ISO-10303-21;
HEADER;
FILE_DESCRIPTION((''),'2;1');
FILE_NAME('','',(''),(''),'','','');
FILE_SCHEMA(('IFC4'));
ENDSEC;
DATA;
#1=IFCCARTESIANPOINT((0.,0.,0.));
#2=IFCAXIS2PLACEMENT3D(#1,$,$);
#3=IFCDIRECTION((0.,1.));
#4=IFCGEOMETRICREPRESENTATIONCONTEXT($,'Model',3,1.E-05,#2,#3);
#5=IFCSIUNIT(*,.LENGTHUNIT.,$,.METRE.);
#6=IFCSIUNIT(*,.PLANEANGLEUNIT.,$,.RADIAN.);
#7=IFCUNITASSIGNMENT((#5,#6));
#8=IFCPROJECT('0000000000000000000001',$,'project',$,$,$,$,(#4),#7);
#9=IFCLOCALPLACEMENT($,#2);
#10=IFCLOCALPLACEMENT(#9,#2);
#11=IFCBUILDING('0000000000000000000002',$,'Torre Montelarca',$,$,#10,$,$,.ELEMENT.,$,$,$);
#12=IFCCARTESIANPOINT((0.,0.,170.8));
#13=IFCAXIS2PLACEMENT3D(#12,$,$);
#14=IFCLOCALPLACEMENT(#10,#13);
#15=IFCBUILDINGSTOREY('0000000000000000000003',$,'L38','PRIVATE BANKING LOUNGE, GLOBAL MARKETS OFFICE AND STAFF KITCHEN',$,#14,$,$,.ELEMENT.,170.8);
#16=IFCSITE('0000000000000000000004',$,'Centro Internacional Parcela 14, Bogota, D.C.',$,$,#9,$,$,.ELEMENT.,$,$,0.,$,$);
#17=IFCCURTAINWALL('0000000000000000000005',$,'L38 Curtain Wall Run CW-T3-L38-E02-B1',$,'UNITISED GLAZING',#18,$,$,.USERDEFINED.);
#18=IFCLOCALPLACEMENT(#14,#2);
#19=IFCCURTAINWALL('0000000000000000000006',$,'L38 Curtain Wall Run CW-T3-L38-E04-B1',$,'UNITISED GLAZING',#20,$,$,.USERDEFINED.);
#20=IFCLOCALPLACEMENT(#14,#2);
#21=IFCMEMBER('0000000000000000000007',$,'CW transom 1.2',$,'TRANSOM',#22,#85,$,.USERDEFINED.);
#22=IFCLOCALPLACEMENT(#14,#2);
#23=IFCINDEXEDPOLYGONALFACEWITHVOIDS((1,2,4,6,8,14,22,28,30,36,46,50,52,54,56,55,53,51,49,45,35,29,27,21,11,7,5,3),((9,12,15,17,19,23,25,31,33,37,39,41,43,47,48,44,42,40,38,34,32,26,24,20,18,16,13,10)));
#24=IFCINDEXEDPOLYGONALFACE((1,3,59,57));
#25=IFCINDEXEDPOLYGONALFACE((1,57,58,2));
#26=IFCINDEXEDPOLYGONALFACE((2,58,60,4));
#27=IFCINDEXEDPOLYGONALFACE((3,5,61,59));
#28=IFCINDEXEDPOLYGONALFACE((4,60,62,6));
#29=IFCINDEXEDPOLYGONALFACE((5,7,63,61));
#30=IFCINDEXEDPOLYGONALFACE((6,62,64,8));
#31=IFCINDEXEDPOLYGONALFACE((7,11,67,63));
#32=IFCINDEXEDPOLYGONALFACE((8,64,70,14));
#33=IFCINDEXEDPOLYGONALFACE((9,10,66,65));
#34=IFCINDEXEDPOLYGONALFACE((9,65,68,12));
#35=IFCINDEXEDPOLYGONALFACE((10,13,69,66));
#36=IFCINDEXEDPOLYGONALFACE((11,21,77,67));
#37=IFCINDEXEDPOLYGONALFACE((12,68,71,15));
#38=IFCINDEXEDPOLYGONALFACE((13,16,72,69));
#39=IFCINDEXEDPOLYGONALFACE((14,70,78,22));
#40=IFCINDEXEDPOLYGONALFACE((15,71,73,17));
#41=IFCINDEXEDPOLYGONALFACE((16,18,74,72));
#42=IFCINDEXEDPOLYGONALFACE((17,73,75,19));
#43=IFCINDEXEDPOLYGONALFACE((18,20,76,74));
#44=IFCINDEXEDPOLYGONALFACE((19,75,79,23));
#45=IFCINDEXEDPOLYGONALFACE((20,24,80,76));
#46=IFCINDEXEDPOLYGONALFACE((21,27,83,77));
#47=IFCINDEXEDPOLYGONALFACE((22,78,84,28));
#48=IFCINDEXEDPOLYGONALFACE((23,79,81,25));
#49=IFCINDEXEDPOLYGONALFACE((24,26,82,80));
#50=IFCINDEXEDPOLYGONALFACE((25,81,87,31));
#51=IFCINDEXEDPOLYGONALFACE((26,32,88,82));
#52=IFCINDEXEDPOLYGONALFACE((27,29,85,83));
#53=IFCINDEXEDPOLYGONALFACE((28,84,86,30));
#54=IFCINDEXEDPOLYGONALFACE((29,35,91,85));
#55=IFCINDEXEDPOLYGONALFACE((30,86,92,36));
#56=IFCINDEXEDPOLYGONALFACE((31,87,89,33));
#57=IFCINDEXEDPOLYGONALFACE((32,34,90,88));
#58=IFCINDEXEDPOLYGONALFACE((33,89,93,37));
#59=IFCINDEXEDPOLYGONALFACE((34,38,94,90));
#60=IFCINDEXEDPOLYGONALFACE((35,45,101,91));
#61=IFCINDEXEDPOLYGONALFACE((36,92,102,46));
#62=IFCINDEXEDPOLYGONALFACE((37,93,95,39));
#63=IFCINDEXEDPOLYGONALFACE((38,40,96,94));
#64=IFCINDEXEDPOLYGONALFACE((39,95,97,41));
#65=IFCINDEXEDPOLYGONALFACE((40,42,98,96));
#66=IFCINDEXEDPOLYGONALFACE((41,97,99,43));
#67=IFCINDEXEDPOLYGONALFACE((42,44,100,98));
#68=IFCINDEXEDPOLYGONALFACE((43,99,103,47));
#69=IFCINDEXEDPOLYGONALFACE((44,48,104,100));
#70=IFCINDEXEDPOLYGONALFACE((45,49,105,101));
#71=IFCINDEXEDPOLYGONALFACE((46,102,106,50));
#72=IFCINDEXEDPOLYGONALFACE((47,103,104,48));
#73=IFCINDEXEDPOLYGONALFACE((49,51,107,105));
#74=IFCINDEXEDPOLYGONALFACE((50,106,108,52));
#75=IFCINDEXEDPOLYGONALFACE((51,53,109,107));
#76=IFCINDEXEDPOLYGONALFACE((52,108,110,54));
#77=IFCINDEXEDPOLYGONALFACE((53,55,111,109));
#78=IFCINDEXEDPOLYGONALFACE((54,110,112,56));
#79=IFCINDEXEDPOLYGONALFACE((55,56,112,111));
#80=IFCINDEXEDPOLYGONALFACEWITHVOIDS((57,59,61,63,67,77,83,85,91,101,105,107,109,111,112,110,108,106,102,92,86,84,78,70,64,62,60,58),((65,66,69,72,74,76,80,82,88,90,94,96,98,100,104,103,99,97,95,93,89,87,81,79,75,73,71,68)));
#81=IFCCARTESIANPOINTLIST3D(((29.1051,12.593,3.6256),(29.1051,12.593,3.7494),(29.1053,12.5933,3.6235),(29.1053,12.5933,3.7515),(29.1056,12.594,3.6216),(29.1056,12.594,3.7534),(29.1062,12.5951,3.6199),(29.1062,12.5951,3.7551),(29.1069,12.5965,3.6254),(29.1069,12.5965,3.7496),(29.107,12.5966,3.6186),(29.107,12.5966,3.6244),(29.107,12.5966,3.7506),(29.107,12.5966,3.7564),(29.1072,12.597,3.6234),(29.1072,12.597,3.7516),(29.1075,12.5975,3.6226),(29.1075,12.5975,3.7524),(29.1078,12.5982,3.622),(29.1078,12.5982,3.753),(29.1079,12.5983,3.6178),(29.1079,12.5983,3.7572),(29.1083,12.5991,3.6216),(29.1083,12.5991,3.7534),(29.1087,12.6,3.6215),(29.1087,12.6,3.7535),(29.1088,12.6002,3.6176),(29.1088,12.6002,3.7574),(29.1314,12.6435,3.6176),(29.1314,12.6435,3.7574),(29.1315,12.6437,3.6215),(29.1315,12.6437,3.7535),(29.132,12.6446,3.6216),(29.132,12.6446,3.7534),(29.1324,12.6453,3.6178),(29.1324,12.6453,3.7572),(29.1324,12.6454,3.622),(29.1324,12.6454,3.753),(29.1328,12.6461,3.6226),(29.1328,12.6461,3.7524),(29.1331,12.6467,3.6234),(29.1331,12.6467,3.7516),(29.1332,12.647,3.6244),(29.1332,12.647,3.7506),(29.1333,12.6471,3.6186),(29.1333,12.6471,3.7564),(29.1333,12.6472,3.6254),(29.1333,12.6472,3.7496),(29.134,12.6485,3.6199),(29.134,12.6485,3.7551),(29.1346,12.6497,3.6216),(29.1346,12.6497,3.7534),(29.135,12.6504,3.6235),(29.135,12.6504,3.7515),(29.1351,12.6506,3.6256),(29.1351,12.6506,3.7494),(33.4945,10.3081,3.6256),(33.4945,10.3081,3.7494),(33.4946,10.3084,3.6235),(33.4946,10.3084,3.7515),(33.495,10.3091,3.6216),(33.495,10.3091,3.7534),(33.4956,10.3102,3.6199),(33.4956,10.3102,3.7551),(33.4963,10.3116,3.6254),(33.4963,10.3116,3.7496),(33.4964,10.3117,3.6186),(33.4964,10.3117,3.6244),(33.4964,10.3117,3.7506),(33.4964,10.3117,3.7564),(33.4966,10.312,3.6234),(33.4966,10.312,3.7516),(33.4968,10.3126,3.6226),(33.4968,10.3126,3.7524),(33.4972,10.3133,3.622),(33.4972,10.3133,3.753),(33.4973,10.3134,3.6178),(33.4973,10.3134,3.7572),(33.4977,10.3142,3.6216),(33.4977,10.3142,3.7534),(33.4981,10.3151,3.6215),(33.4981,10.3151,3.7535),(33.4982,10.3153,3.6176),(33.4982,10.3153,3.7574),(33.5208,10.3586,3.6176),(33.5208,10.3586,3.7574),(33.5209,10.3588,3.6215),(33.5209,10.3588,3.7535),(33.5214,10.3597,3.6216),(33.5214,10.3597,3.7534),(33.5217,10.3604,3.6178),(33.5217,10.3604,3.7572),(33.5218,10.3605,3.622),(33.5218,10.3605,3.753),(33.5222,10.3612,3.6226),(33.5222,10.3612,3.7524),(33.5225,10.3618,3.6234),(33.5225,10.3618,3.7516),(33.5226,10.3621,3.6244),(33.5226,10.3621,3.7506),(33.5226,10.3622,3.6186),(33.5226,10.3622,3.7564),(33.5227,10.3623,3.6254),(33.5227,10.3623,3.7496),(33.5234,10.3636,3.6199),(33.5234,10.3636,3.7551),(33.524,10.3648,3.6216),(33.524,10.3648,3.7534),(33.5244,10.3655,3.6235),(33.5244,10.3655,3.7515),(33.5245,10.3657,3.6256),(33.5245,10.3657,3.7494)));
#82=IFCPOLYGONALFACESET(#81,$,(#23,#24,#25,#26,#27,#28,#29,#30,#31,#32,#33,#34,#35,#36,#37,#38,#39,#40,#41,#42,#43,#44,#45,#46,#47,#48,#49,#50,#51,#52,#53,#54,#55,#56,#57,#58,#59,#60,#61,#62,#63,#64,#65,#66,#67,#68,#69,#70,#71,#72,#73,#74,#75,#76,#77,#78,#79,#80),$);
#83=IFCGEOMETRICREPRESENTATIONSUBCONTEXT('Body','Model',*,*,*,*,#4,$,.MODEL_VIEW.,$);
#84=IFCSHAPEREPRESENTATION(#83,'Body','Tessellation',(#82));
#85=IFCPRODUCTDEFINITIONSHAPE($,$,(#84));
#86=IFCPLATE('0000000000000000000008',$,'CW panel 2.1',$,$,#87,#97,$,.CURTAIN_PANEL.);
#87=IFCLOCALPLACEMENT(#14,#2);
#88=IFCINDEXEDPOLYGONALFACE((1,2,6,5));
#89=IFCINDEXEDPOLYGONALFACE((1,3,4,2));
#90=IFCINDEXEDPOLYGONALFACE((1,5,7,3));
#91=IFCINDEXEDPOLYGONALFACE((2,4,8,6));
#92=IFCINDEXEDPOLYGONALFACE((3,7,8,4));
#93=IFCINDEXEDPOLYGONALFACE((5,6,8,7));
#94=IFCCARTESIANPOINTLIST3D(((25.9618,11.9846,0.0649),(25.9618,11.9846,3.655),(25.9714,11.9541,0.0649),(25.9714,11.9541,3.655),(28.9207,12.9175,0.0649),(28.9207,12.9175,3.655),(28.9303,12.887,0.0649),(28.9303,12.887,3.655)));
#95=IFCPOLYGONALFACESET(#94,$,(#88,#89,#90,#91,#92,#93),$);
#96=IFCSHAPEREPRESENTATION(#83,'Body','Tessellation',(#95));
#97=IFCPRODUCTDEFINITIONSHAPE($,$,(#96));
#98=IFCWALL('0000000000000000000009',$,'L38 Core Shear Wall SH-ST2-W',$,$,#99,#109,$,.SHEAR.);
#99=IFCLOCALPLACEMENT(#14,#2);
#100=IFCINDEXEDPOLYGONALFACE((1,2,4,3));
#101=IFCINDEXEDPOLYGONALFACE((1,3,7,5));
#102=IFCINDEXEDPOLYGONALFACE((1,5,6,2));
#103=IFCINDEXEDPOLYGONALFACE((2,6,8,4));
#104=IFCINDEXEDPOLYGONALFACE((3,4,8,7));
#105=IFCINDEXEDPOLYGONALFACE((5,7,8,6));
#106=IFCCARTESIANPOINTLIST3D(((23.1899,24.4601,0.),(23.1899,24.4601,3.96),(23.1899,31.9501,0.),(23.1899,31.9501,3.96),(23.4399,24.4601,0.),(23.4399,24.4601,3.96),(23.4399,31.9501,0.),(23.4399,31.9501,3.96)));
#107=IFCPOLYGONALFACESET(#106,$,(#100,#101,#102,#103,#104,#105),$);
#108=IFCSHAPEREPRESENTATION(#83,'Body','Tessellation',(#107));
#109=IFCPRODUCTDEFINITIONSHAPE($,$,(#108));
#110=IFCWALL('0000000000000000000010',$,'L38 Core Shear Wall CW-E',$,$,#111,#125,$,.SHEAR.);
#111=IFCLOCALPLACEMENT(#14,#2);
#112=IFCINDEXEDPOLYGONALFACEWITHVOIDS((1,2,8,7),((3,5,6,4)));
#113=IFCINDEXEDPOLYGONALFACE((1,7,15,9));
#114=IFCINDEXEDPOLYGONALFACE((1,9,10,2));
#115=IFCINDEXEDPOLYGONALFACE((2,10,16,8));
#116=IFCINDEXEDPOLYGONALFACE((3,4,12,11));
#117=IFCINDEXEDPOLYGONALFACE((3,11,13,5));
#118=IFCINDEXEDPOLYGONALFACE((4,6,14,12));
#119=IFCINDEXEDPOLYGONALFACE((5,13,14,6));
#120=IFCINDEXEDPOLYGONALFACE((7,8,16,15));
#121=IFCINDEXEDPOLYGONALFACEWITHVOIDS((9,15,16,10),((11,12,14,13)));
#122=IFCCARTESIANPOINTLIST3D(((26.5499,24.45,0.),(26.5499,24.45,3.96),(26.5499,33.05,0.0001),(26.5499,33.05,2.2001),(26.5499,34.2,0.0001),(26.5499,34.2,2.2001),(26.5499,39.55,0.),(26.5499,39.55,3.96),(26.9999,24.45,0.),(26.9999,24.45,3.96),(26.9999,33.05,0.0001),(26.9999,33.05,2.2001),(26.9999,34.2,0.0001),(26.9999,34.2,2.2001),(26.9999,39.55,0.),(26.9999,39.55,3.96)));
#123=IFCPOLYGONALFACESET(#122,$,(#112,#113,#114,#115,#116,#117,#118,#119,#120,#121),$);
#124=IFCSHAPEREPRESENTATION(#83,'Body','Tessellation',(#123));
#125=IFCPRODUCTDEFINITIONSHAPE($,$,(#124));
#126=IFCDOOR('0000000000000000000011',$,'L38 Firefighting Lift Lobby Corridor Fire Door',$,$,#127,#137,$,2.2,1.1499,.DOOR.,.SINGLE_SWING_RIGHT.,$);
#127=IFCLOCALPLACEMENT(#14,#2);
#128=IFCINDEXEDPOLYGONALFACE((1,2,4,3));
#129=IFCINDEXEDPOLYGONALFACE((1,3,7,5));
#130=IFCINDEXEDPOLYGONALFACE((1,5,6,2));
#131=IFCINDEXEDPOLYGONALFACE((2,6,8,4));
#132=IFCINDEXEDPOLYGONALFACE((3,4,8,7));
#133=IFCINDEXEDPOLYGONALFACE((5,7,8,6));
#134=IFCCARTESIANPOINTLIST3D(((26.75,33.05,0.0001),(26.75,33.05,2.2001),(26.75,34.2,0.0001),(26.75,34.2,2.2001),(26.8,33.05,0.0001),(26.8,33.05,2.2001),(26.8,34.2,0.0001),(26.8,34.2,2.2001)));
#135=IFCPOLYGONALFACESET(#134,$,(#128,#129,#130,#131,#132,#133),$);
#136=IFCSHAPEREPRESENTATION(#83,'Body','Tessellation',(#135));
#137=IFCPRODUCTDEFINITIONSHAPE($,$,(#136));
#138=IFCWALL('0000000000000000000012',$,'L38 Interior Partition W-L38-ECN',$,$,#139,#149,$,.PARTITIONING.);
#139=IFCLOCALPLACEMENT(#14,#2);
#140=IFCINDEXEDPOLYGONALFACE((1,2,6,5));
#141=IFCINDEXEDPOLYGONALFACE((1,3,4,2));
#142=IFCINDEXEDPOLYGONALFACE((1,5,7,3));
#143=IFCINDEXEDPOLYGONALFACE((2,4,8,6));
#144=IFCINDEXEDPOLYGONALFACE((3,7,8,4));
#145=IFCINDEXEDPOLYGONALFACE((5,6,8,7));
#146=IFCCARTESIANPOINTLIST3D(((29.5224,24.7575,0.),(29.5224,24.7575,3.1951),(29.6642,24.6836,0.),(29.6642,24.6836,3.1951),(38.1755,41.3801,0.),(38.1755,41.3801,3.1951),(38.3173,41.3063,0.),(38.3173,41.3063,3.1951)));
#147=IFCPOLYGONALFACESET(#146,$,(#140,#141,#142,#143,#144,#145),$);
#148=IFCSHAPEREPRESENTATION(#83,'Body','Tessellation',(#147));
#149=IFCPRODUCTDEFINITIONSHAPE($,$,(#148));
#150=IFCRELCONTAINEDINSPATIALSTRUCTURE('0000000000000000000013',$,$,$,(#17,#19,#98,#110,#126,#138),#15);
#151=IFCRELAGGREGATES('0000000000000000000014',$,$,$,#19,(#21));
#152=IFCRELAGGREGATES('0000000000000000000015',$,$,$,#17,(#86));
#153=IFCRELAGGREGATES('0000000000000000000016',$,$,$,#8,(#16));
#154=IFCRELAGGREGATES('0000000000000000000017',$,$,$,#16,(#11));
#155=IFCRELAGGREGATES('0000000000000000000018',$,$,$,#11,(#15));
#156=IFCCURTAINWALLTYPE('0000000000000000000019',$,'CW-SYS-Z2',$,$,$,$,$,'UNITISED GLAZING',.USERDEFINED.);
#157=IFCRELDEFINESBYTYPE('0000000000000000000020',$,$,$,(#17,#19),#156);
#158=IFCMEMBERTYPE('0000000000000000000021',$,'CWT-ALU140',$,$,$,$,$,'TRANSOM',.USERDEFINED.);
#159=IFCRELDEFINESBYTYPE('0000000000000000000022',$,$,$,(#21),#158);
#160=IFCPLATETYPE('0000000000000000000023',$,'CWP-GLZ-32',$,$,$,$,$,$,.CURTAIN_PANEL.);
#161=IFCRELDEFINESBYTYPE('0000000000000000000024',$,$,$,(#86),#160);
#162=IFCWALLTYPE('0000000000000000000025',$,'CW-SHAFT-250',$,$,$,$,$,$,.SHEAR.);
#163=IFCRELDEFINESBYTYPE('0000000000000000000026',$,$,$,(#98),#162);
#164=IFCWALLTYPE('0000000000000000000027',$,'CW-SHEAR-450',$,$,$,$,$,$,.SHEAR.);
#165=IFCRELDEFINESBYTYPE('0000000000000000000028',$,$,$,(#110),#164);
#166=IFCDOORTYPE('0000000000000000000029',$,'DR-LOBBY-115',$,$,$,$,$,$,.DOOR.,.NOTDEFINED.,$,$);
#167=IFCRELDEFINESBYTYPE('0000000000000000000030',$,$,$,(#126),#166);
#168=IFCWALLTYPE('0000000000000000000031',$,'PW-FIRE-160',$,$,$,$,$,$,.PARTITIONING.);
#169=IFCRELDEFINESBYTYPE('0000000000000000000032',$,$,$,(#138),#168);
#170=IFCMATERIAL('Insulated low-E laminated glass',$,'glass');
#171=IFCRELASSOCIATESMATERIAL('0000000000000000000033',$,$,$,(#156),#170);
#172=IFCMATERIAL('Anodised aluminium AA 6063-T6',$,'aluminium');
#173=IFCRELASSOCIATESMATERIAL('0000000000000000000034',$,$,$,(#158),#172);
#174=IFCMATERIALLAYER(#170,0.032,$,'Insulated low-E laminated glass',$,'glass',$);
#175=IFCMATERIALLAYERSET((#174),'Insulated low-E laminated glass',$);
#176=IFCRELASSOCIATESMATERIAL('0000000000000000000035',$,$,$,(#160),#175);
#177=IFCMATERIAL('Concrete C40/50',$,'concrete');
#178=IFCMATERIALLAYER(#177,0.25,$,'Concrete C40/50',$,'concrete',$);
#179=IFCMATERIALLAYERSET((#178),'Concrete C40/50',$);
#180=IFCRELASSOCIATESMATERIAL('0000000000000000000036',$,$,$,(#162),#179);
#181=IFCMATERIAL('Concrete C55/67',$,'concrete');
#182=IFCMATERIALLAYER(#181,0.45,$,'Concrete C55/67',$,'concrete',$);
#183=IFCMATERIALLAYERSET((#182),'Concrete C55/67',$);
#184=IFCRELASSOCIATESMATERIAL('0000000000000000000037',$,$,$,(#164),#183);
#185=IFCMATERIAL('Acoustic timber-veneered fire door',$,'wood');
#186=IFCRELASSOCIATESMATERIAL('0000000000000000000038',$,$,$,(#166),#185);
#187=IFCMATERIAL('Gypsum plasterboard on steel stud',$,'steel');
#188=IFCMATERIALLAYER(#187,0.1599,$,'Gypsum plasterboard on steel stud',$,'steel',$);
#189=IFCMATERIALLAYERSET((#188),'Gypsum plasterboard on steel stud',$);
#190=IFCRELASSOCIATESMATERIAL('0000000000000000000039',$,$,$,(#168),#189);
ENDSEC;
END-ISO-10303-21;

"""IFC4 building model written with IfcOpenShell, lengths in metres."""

from ifc_helpers import new_model, si_unit, direction, frame, frame_2d, origin, origin_2d, place, context, subcontext, project, spatial, rectangle, hollow_rectangle, extrude, source, transform, mapped, material, layer, layer_set, material_profile, profile_set, type_object, element, fill, aggregate, save


model = new_model("IFC4")

# Units and contexts
model_context = context("Model", 3, precision=1e-05, world=origin(), true_north=direction((0.0, 1.0)))
body_context = subcontext(model_context, "Body", "Model", "MODEL_VIEW")
ifc_project = project(units=[si_unit("LENGTHUNIT", "METRE"), si_unit("PLANEANGLEUNIT", "RADIAN")], contexts=[model_context])

# Site, building, storey
site_placement = place(None, origin())
site = spatial("IfcSite", under=ifc_project, at=site_placement, Name="Centro Internacional Parcela 14, Bogota, D.C.", CompositionType="ELEMENT", RefElevation=0.0)
building_placement = place(site_placement, origin())
building = spatial("IfcBuilding", under=site, at=building_placement, Name="Torre Montelarca", CompositionType="ELEMENT")
storey_placement = place(building_placement, frame((0.0, 0.0, 170.8)))
storey = spatial("IfcBuildingStorey", under=building, at=storey_placement, Name="L38", Description="PRIVATE BANKING LOUNGE, GLOBAL MARKETS OFFICE AND STAFF KITCHEN", CompositionType="ELEMENT", Elevation=170.8)

# Shared definitions
ifc_material_1 = material(Name="Concrete C55/67", Category="concrete")

# Curtain walls, member
ifc_material_2 = material(Name="Insulated low-E laminated glass", Category="glass")
curtain_wall_type = type_object("IfcCurtainWallType", Name="CW-SYS-Z2", ElementType="UNITISED GLAZING", PredefinedType="USERDEFINED", material=ifc_material_2)
curtain_wall_1_placement = place(storey_placement, origin())
curtain_wall_1 = element("IfcCurtainWall", 1, at=curtain_wall_1_placement, inside=storey, type_object=curtain_wall_type, Name="L38 Curtain Wall Run CW-T3-L38-E02-B1", ObjectType="UNITISED GLAZING", PredefinedType="USERDEFINED")
ifc_material_3 = material(Name="Anodised aluminium AA 6063-T6", Category="aluminium")
ifc_material_profile_1 = material_profile(ifc_material_3, hollow_rectangle(XDim=0.0649, YDim=0.1399, WallThickness=0.0039, InnerFilletRadius=0.0039, OuterFilletRadius=0.0081, at=origin_2d()), Name="ALU65X140X4", Category="aluminium")
ifc_profile_set_1 = profile_set([ifc_material_profile_1], Name="Anodised aluminium AA 6063-T6")
member_type_1 = type_object("IfcMemberType", Name="CWT-ALU140", ElementType="TRANSOM", PredefinedType="USERDEFINED", material=ifc_profile_set_1)
curtain_wall_2_placement = place(storey_placement, origin())
curtain_wall_2 = element("IfcCurtainWall", 2, at=curtain_wall_2_placement, inside=storey, type_object=curtain_wall_type, Name="L38 Curtain Wall Run CW-T3-L38-E04-B1", ObjectType="UNITISED GLAZING", PredefinedType="USERDEFINED")
shared_shape_1 = source(origin(), body_context, "Body", "SweptSolid", [
    extrude(hollow_rectangle(XDim=0.0649, YDim=0.1399, WallThickness=0.0039, InnerFilletRadius=0.0039, OuterFilletRadius=0.0081, at=origin_2d()), origin(), (0.0, 0.0, 1.0), 4.9485),
])
member_1_placement = place(storey_placement, frame((29.1201, 12.6218, 3.6875), z_axis=(0.887016, -0.461738, 0.0), x_axis=(0.461738, 0.887016, 0.0)))
member_1 = element("IfcMember", 3, at=member_1_placement, type_object=member_type_1, Name="CW transom 1.2", ObjectType="TRANSOM", PredefinedType="USERDEFINED", context=body_context, shape_type="MappedRepresentation", body=[
    mapped(shared_shape_1, transform((0.0, 0.0, 0.0), scale=1.0)),
])
aggregate(curtain_wall_2, [member_1])

# Plate
ifc_layer_1 = layer(ifc_material_2, 0.032, Name="Insulated low-E laminated glass", Category="glass")
ifc_layer_set_1 = layer_set([ifc_layer_1], Name="Insulated low-E laminated glass")
plate_type = type_object("IfcPlateType", Name="CWP-GLZ-32", PredefinedType="CURTAIN_PANEL", material=ifc_layer_set_1)
shared_shape_2 = source(origin(), body_context, "Body", "SweptSolid", [
    extrude(rectangle(XDim=3.1025, YDim=0.032, at=origin_2d()), origin(), (0.0, 0.0, 1.0), 3.5901),
])
plate_placement = place(storey_placement, frame((27.446, 12.4358, 0.0649), z_axis=(0.0, 0.0, 1.0), x_axis=(0.953718, 0.300703, 0.0)))
plate = element("IfcPlate", 4, at=plate_placement, type_object=plate_type, Name="CW panel 2.1", PredefinedType="CURTAIN_PANEL", context=body_context, shape_type="MappedRepresentation", body=[
    mapped(shared_shape_2, transform((0.0, 0.0, 0.0), scale=1.0)),
])
aggregate(curtain_wall_1, [plate])

# Wall
ifc_material_4 = material(Name="Concrete C40/50", Category="concrete")
ifc_layer_2 = layer(ifc_material_4, 0.25, Name="Concrete C40/50", Category="concrete")
ifc_layer_set_2 = layer_set([ifc_layer_2], Name="Concrete C40/50")
wall_type_1 = type_object("IfcWallType", Name="CW-SHAFT-250", PredefinedType="SHEAR", material=ifc_layer_set_2)
wall_1_placement = place(storey_placement, frame((23.3149, 24.46, 0.0), z_axis=(0.0, 0.0, 1.0), x_axis=(0.0, 1.0, 0.0)))
element("IfcWall", 5, at=wall_1_placement, inside=storey, type_object=wall_type_1, Name="L38 Core Shear Wall SH-ST2-W", PredefinedType="SHEAR", context=body_context, shape_type="SweptSolid", body=[
    extrude(rectangle(XDim=7.49, YDim=0.25, at=frame_2d((3.7451, 0.0))), origin(), (0.0, 0.0, 1.0), 3.96),
])

# Wall, opening, door
ifc_layer_3 = layer(ifc_material_1, 0.45, Name="Concrete C55/67", Category="concrete")
ifc_layer_set_3 = layer_set([ifc_layer_3], Name="Concrete C55/67")
wall_type_2 = type_object("IfcWallType", Name="CW-SHEAR-450", PredefinedType="SHEAR", material=ifc_layer_set_3)
wall_2_placement = place(storey_placement, frame((26.7749, 24.45, 0.0), z_axis=(0.0, 0.0, 1.0), x_axis=(0.0, 1.0, 0.0)))
wall_2 = element("IfcWall", 6, at=wall_2_placement, inside=storey, type_object=wall_type_2, Name="L38 Core Shear Wall CW-E", PredefinedType="SHEAR", context=body_context, shape_type="SweptSolid", body=[
    extrude(rectangle(XDim=15.1001, YDim=0.45, at=frame_2d((7.55, 0.0))), origin(), (0.0, 0.0, 1.0), 3.96),
])
opening_1_placement = place(wall_2_placement, frame((8.6001, 0.0, 0.0)))
opening_1 = element("IfcOpeningElement", 7, at=opening_1_placement, cuts=wall_2, PredefinedType="OPENING", context=body_context, shape_type="SweptSolid", body=[
    extrude(rectangle(XDim=1.1499, YDim=2.2, at=frame_2d((0.575, 1.1001))), frame((0.0, 0.2349, 0.0), z_axis=(0.0, -1.0, 0.0), x_axis=(1.0, 0.0, 0.0)), (0.0, 0.0, 1.0), 0.47),
])
ifc_material_5 = material(Name="Acoustic timber-veneered fire door", Category="wood")
door_type_1 = type_object("IfcDoorType", Name="DR-LOBBY-115", OperationType="NOTDEFINED", PredefinedType="DOOR", material=ifc_material_5)
shared_shape_3 = source(origin(), body_context, "Body", "SweptSolid", [
    extrude(rectangle(XDim=1.1499, YDim=2.2, at=frame_2d((0.575, 1.1001))), frame((0.0, 0.0249, 0.0), z_axis=(0.0, -1.0, 0.0), x_axis=(1.0, 0.0, 0.0)), (0.0, 0.0, 1.0), 0.05),
])
door_1_placement = place(opening_1_placement, origin())
door_1 = element("IfcDoor", 8, at=door_1_placement, inside=storey, type_object=door_type_1, Name="L38 Firefighting Lift Lobby Corridor Fire Door", OperationType="SINGLE_SWING_RIGHT", OverallHeight=2.2, OverallWidth=1.1499, PredefinedType="DOOR", context=body_context, shape_type="MappedRepresentation", body=[
    mapped(shared_shape_3, transform((0.0, 0.0, 0.0), scale=1.0)),
])
fill(opening_1, door_1)

# Wall
ifc_material_6 = material(Name="Gypsum plasterboard on steel stud", Category="steel")
ifc_layer_4 = layer(ifc_material_6, 0.1599, Name="Gypsum plasterboard on steel stud", Category="steel")
ifc_layer_set_4 = layer_set([ifc_layer_4], Name="Gypsum plasterboard on steel stud")
wall_type_3 = type_object("IfcWallType", Name="PW-FIRE-160", PredefinedType="PARTITIONING", material=ifc_layer_set_4)
wall_3_placement = place(storey_placement, frame((29.5933, 24.7205, 0.0), z_axis=(0.0, 0.0, 1.0), x_axis=(0.461745, 0.887013, 0.0)))
element("IfcWall", 9, at=wall_3_placement, inside=storey, type_object=wall_type_3, Name="L38 Interior Partition W-L38-ECN", PredefinedType="PARTITIONING", context=body_context, shape_type="SweptSolid", body=[
    extrude(rectangle(XDim=18.74, YDim=0.1599, at=frame_2d((9.3701, 0.0))), origin(), (0.0, 0.0, 1.0), 3.1951),
])

save(model, "model.ifc")
